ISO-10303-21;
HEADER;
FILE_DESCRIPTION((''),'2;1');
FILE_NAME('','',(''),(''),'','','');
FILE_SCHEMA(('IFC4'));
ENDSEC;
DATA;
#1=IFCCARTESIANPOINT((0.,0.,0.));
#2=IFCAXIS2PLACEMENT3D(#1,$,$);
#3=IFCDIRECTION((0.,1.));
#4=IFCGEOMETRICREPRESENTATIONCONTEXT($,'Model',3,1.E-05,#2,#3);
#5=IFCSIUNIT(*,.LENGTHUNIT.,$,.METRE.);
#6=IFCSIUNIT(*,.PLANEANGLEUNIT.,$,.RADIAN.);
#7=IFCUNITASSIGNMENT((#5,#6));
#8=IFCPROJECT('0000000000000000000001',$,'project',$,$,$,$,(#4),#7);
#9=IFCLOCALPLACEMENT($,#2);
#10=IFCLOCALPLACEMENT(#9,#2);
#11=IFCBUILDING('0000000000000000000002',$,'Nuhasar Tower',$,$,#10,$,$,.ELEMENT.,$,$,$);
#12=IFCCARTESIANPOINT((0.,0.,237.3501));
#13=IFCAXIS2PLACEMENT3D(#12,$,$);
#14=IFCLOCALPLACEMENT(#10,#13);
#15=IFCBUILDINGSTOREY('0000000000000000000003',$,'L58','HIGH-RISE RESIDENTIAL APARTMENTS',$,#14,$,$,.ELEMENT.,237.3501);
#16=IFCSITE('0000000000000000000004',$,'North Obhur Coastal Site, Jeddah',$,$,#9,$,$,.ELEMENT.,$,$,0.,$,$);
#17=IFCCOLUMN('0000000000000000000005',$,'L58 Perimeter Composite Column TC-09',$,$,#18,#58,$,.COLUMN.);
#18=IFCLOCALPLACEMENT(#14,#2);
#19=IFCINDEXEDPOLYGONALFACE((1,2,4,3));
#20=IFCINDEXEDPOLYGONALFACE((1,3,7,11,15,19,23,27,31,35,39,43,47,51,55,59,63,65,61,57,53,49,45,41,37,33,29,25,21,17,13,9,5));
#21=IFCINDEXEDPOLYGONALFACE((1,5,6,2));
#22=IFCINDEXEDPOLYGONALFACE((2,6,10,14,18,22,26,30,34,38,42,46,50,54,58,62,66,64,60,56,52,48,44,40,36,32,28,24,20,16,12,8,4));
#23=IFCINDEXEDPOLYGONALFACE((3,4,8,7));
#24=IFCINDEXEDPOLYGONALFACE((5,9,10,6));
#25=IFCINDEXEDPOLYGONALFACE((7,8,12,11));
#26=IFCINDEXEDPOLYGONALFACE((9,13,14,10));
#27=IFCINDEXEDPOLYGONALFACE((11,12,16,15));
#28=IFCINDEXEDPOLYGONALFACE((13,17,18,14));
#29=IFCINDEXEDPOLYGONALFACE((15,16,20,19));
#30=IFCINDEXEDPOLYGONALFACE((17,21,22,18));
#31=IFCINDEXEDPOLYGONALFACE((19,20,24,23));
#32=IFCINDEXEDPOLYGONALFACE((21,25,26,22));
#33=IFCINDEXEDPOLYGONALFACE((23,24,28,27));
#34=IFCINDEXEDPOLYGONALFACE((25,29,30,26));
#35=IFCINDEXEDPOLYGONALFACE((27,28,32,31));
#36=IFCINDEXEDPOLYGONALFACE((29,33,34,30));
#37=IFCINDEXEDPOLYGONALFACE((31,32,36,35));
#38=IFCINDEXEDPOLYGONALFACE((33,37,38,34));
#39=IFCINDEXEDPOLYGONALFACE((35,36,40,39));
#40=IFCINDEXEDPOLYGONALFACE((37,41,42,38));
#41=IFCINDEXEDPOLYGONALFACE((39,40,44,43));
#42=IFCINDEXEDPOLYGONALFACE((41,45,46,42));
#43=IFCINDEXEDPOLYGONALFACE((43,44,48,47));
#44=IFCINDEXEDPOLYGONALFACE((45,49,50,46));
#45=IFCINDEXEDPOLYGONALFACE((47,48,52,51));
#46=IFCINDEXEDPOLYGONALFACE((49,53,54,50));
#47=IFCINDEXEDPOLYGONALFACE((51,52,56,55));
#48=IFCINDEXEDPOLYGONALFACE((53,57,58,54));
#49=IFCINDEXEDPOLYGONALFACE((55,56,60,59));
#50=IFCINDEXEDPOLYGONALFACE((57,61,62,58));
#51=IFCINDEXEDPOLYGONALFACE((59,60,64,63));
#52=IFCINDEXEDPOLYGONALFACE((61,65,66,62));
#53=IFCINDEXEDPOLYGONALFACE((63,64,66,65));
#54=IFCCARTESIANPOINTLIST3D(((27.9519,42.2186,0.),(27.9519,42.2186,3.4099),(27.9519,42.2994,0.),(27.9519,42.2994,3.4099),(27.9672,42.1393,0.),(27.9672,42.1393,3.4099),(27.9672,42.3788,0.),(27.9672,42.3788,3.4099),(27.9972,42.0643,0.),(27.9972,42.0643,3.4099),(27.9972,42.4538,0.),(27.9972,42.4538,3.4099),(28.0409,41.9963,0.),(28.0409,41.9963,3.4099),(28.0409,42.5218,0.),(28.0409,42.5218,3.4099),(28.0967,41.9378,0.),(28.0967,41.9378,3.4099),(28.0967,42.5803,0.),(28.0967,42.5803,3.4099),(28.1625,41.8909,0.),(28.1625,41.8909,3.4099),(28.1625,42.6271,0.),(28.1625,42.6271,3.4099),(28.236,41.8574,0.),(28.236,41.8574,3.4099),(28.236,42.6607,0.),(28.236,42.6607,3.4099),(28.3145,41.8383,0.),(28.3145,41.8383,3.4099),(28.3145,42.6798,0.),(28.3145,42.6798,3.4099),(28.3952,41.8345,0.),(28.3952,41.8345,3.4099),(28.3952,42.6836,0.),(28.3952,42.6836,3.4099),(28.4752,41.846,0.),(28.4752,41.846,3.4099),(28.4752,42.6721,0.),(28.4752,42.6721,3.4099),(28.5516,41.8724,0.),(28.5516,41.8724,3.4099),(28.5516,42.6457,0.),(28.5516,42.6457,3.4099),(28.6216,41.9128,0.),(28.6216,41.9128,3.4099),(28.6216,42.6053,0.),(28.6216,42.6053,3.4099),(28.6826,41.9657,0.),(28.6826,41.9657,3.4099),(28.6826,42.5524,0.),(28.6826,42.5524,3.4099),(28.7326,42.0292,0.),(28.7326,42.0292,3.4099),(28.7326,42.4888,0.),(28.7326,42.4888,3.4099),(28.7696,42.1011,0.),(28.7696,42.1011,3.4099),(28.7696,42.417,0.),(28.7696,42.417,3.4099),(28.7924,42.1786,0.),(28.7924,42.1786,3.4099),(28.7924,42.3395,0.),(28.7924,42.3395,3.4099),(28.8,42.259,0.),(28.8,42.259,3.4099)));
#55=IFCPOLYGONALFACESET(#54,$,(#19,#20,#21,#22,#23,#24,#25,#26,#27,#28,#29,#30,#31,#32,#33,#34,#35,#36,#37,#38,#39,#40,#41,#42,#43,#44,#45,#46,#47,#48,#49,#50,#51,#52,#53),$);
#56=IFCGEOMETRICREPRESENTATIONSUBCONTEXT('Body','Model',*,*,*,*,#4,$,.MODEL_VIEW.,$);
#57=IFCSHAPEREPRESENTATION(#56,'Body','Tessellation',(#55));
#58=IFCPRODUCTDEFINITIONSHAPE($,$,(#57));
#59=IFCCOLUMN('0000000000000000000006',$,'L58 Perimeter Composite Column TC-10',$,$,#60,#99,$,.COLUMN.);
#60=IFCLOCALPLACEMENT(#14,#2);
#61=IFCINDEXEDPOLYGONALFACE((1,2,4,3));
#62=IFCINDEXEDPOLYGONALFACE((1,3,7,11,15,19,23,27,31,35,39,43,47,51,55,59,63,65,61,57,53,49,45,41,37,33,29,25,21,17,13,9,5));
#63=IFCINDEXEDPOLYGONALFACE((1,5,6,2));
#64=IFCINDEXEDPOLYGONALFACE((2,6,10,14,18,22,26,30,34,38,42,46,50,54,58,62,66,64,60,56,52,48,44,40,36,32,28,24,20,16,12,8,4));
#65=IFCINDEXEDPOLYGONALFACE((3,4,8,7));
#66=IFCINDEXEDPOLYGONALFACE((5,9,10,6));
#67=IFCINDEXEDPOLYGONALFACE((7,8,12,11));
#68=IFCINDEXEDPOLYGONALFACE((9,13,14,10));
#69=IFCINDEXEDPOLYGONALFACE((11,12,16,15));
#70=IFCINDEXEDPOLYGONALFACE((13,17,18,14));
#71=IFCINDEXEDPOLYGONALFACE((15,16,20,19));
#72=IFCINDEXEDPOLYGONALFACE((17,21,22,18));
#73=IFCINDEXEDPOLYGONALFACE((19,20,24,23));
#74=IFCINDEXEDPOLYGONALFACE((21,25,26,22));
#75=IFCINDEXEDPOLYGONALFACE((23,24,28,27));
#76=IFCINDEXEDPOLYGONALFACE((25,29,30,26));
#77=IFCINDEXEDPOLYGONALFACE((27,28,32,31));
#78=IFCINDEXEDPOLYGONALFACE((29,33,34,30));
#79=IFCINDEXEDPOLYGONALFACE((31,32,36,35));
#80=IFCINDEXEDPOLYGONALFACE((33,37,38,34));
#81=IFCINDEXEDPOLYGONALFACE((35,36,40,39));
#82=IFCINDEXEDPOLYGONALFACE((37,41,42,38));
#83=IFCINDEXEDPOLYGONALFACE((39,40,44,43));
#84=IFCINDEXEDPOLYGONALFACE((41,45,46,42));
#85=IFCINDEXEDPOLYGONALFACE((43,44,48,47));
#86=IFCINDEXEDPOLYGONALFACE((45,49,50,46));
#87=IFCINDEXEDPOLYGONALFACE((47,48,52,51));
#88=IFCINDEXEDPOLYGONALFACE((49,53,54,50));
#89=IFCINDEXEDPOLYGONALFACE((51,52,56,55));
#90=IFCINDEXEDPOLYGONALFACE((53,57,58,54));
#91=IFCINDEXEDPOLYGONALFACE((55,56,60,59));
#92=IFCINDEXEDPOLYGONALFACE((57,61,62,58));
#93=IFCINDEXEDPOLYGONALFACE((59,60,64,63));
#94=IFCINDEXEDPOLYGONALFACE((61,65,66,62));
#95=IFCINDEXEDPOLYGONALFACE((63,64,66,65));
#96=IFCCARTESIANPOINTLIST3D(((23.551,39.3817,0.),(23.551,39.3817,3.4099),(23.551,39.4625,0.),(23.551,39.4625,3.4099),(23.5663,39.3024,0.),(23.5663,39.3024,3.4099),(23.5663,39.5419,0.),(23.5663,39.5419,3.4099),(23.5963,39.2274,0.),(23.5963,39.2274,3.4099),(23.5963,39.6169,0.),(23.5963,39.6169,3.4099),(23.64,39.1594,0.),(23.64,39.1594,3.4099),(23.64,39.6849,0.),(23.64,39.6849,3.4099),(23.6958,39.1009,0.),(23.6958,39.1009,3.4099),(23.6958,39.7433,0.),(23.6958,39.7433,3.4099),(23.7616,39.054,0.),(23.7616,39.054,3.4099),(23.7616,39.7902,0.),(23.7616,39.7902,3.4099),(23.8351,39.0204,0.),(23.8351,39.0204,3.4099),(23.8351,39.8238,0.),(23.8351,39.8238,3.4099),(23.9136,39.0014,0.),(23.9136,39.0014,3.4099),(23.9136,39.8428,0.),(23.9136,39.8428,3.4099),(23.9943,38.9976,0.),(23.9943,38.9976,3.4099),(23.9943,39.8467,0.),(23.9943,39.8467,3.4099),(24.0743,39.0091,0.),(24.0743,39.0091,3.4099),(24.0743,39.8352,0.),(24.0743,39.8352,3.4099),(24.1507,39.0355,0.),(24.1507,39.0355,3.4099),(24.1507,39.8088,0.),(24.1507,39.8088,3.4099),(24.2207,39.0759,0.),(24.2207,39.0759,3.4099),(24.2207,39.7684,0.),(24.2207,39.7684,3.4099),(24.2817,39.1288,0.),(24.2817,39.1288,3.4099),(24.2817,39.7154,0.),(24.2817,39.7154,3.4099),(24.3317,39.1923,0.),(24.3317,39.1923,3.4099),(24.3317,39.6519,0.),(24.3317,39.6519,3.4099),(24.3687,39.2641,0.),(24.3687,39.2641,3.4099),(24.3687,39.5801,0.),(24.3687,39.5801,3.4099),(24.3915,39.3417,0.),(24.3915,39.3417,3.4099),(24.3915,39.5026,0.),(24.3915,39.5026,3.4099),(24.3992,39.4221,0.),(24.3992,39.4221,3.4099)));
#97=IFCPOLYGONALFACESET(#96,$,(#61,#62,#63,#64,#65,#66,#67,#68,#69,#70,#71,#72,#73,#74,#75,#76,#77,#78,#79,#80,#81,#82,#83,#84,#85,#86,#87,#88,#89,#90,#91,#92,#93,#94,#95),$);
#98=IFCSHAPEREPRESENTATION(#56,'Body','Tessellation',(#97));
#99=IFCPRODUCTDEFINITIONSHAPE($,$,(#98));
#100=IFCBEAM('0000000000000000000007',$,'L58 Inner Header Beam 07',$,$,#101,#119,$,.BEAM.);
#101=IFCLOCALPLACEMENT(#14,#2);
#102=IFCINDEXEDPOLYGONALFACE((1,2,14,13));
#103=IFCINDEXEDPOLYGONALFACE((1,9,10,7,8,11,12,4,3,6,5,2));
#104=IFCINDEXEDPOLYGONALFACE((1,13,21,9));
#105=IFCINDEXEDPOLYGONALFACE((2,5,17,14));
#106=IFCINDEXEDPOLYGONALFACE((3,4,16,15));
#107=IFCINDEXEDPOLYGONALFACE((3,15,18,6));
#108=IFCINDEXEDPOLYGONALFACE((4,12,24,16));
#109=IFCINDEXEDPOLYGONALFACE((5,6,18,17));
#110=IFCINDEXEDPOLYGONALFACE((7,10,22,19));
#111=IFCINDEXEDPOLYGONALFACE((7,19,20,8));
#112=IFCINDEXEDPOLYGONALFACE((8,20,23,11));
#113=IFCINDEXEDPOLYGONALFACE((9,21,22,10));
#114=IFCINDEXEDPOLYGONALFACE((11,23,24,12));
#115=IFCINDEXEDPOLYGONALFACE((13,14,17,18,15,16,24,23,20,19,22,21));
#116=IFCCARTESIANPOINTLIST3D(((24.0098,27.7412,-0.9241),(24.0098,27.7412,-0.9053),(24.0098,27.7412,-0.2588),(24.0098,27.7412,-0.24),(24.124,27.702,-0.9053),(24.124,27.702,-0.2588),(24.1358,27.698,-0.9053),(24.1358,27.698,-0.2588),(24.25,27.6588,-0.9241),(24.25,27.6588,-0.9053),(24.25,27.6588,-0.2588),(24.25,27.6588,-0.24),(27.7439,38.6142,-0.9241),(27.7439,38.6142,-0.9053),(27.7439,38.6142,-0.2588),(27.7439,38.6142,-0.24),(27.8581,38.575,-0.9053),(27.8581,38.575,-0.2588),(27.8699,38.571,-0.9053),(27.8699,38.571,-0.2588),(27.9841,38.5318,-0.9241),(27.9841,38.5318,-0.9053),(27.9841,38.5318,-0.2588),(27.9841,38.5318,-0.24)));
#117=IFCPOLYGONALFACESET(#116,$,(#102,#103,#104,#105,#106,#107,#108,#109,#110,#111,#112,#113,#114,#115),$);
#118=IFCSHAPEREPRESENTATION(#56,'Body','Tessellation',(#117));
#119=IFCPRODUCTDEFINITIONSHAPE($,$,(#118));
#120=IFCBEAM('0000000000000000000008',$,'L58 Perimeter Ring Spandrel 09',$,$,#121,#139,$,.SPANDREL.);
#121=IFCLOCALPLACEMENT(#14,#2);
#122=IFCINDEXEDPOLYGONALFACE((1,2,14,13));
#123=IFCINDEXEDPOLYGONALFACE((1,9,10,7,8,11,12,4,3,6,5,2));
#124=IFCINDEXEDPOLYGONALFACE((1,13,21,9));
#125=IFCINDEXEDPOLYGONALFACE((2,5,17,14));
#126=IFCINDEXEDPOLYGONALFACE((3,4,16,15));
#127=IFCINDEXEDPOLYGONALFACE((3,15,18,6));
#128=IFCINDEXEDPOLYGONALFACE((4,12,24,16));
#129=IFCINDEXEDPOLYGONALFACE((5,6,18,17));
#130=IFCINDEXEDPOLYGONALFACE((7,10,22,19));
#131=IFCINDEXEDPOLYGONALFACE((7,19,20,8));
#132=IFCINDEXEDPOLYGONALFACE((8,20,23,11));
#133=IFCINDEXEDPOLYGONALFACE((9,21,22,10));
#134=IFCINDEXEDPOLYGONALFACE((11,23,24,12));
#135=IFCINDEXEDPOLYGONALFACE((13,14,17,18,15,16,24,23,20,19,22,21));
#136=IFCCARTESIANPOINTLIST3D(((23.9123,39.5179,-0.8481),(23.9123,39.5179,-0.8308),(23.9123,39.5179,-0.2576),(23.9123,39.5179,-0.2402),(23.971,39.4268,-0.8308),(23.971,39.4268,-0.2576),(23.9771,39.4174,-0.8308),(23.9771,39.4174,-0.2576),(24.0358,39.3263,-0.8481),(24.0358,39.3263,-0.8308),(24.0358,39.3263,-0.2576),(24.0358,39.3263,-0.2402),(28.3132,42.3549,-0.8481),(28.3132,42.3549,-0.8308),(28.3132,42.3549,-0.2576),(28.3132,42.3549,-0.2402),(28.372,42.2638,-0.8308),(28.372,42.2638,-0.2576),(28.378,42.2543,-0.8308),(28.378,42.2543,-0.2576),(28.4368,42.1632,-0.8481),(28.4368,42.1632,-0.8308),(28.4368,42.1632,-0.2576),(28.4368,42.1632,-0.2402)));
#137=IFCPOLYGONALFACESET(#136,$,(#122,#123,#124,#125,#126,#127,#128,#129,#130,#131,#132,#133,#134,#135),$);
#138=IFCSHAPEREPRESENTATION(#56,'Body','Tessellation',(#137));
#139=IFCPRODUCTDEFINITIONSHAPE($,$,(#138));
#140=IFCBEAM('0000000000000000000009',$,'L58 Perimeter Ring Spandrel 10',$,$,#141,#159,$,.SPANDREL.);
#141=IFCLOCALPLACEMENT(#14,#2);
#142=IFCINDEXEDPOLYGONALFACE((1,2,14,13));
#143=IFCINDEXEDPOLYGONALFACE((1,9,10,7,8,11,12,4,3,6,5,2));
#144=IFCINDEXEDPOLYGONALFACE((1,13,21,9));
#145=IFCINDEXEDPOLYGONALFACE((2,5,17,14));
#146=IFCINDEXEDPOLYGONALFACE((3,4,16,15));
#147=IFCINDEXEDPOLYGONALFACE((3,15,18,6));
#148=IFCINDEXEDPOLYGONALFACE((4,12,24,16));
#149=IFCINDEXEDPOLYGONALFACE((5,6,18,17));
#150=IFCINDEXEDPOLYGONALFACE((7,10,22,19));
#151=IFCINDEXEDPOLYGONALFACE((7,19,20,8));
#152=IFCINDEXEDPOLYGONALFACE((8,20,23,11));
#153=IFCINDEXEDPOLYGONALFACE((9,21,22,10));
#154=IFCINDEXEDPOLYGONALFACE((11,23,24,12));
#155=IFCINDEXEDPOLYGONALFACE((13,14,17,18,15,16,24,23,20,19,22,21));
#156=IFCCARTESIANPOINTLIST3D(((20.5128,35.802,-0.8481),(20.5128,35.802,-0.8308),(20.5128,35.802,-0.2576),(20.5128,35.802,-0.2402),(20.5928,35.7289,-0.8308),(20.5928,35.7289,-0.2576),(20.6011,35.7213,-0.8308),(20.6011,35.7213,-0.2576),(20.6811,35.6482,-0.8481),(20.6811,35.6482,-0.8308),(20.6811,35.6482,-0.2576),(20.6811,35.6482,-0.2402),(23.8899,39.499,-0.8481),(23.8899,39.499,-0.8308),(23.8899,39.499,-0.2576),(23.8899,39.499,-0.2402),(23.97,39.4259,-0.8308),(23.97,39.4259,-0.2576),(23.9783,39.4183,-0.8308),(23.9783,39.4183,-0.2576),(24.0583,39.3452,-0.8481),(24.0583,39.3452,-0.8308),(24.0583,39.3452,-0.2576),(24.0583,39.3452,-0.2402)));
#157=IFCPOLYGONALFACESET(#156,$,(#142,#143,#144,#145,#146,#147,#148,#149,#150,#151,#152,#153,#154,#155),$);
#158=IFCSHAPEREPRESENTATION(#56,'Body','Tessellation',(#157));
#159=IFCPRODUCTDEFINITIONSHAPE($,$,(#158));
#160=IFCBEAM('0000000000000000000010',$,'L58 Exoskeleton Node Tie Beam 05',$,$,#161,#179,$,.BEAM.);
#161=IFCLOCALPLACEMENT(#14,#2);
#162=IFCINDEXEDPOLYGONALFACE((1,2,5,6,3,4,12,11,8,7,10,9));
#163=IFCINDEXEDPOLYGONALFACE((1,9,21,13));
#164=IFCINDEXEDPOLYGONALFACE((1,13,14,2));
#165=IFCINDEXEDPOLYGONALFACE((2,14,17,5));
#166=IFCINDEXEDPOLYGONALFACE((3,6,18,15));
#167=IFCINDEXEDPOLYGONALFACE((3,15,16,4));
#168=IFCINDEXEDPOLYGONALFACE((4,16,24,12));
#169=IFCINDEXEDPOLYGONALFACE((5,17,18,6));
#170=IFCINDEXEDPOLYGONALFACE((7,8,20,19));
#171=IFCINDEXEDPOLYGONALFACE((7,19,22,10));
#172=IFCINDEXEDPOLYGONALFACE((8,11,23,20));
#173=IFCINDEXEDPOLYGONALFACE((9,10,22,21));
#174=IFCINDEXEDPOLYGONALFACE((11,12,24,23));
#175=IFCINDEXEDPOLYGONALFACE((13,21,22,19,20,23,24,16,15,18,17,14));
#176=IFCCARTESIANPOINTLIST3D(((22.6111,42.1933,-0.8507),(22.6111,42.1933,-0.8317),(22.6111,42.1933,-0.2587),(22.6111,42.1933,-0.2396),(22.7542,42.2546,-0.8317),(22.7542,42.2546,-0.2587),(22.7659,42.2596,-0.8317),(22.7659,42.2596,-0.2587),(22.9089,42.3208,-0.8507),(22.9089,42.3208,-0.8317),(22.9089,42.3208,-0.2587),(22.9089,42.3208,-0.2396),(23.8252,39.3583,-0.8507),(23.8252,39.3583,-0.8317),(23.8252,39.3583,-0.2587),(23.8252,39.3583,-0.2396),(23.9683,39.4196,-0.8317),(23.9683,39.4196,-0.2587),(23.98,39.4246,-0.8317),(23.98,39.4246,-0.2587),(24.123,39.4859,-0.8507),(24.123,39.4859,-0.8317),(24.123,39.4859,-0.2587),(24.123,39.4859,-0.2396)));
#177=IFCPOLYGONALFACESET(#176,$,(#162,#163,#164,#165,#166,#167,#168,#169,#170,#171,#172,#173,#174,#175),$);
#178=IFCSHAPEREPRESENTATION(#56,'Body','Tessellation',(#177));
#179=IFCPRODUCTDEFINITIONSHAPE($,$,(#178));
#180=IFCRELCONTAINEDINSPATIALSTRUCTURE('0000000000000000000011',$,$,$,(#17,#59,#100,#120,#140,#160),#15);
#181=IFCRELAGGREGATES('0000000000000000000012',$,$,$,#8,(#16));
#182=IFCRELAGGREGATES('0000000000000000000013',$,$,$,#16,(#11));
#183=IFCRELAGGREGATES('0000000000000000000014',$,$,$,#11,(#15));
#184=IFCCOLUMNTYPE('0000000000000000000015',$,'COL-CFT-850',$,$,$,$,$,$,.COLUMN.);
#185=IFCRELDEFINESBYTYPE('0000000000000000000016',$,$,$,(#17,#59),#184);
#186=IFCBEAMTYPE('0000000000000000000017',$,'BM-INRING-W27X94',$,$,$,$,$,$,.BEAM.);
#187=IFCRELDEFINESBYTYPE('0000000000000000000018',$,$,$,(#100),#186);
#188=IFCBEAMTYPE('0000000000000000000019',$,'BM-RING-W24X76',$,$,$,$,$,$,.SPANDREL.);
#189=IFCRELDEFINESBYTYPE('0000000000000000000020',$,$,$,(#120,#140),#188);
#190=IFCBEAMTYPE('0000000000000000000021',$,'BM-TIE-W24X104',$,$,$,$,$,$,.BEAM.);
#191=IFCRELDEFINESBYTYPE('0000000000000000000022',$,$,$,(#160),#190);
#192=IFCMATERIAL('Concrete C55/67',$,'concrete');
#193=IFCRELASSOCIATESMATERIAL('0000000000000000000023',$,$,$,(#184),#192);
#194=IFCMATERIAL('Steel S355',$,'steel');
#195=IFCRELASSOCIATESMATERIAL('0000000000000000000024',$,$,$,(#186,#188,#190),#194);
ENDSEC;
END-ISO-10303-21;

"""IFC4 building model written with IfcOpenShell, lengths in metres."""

from ifc_helpers import new_model, si_unit, direction, frame, origin, origin_2d, place, context, subcontext, project, spatial, circle, i_section, extrude, material, material_profile, profile_set, type_object, element, save


model = new_model("IFC4")

# Units and contexts
model_context = context("Model", 3, precision=1e-05, world=origin(), true_north=direction((0.0, 1.0)))
body_context = subcontext(model_context, "Body", "Model", "MODEL_VIEW")
ifc_project = project(units=[si_unit("LENGTHUNIT", "METRE"), si_unit("PLANEANGLEUNIT", "RADIAN")], contexts=[model_context])

# Site, building, storey
site_placement = place(None, origin())
site = spatial("IfcSite", under=ifc_project, at=site_placement, Name="North Obhur Coastal Site, Jeddah", CompositionType="ELEMENT", RefElevation=0.0)
building_placement = place(site_placement, origin())
building = spatial("IfcBuilding", under=site, at=building_placement, Name="Nuhasar Tower", CompositionType="ELEMENT")
storey_placement = place(building_placement, frame((0.0, 0.0, 237.3501)))
storey = spatial("IfcBuildingStorey", under=building, at=storey_placement, Name="L58", Description="HIGH-RISE RESIDENTIAL APARTMENTS", CompositionType="ELEMENT", Elevation=237.3501)

# Columns
ifc_material_1 = material(Name="Concrete C55/67", Category="concrete")
ifc_material_profile_1 = material_profile(ifc_material_1, circle(Radius=0.425, at=origin_2d()), Name="CFT850")
ifc_profile_set_1 = profile_set([ifc_material_profile_1], Name="Concrete C55/67")
column_type = type_object("IfcColumnType", Name="COL-CFT-850", PredefinedType="COLUMN", material=ifc_profile_set_1)
for number, where, z_axis, x_axis, name in (
    (1, (28.375, 42.259, 0.0), (0.0, 0.0, 1.0), (1.0, 0.0, 0.0), "L58 Perimeter Composite Column TC-09"),
    (2, (23.9741, 39.4221, 0.0), (0.0, 0.0, 1.0), (1.0, 0.0, 0.0), "L58 Perimeter Composite Column TC-10"),
):
    element("IfcColumn", number, at=place(storey_placement, frame(where, z_axis=z_axis, x_axis=x_axis)), inside=storey, type_object=column_type, Name=name, PredefinedType="COLUMN", context=body_context, shape_type="SweptSolid", body=[
        extrude(circle(Radius=0.425, at=origin_2d()), origin(), (0.0, 0.0, 1.0), 3.4099),
    ])

# Beams
ifc_material_2 = material(Name="Steel S355", Category="steel")
ifc_material_profile_2 = material_profile(ifc_material_2, i_section(OverallWidth=0.2539, OverallDepth=0.6841, WebThickness=0.0125, FlangeThickness=0.0188, at=origin_2d()), Name="W27X94")
ifc_profile_set_2 = profile_set([ifc_material_profile_2], Name="Steel S355")
beam_type_1 = type_object("IfcBeamType", Name="BM-INRING-W27X94", PredefinedType="BEAM", material=ifc_profile_set_2)
beam_1_placement = place(storey_placement, frame((27.864, 38.573, -0.582), z_axis=(-0.324809, -0.94578, 0.0), x_axis=(0.94578, -0.324809, 0.0)))
element("IfcBeam", 3, at=beam_1_placement, inside=storey, type_object=beam_type_1, Name="L58 Inner Header Beam 07", PredefinedType="BEAM", context=body_context, shape_type="SweptSolid", body=[
    extrude(i_section(OverallWidth=0.2539, OverallDepth=0.6841, WebThickness=0.0125, FlangeThickness=0.0188, at=origin_2d()), origin(), (0.0, 0.0, 1.0), 11.4963),
])
ifc_material_profile_3 = material_profile(ifc_material_2, i_section(OverallWidth=0.228, OverallDepth=0.6079, WebThickness=0.0112, FlangeThickness=0.0173, at=origin_2d()), Name="W24X76")
ifc_profile_set_3 = profile_set([ifc_material_profile_3], Name="Steel S355")
beam_type_2 = type_object("IfcBeamType", Name="BM-RING-W24X76", PredefinedType="SPANDREL", material=ifc_profile_set_3)
beam_2_placement = place(storey_placement, frame((28.375, 42.259, -0.5442), z_axis=(-0.840502, -0.541808, 0.0), x_axis=(0.541808, -0.840502, 0.0)))
element("IfcBeam", 4, at=beam_2_placement, inside=storey, type_object=beam_type_2, Name="L58 Perimeter Ring Spandrel 09", PredefinedType="SPANDREL", context=body_context, shape_type="SweptSolid", body=[
    extrude(i_section(OverallWidth=0.228, OverallDepth=0.6079, WebThickness=0.0112, FlangeThickness=0.0173, at=origin_2d()), origin(), (0.0, 0.0, 1.0), 5.2361),
])
beam_3_placement = place(storey_placement, frame((23.9741, 39.4221, -0.5442), z_axis=(-0.67445, -0.738321, 0.0), x_axis=(0.738321, -0.67445, 0.0)))
element("IfcBeam", 5, at=beam_3_placement, inside=storey, type_object=beam_type_2, Name="L58 Perimeter Ring Spandrel 10", PredefinedType="SPANDREL", context=body_context, shape_type="SweptSolid", body=[
    extrude(i_section(OverallWidth=0.228, OverallDepth=0.6079, WebThickness=0.0112, FlangeThickness=0.0173, at=origin_2d()), origin(), (0.0, 0.0, 1.0), 5.0073),
])
ifc_material_profile_4 = material_profile(ifc_material_2, i_section(OverallWidth=0.324, OverallDepth=0.6111, WebThickness=0.0127, FlangeThickness=0.019, at=origin_2d()), Name="W24X104")
ifc_profile_set_4 = profile_set([ifc_material_profile_4], Name="Steel S355")
beam_type_3 = type_object("IfcBeamType", Name="BM-TIE-W24X104", PredefinedType="BEAM", material=ifc_profile_set_4)
beam_4_placement = place(storey_placement, frame((23.9741, 39.4221, -0.5452), z_axis=(-0.39368, 0.919247, 0.0), x_axis=(-0.919247, -0.39368, 0.0)))
element("IfcBeam", 6, at=beam_4_placement, inside=storey, type_object=beam_type_3, Name="L58 Exoskeleton Node Tie Beam 05", PredefinedType="BEAM", context=body_context, shape_type="SweptSolid", body=[
    extrude(i_section(OverallWidth=0.324, OverallDepth=0.6111, WebThickness=0.0127, FlangeThickness=0.019, at=origin_2d()), origin(), (0.0, 0.0, 1.0), 3.084),
])

save(model, "model.ifc")
